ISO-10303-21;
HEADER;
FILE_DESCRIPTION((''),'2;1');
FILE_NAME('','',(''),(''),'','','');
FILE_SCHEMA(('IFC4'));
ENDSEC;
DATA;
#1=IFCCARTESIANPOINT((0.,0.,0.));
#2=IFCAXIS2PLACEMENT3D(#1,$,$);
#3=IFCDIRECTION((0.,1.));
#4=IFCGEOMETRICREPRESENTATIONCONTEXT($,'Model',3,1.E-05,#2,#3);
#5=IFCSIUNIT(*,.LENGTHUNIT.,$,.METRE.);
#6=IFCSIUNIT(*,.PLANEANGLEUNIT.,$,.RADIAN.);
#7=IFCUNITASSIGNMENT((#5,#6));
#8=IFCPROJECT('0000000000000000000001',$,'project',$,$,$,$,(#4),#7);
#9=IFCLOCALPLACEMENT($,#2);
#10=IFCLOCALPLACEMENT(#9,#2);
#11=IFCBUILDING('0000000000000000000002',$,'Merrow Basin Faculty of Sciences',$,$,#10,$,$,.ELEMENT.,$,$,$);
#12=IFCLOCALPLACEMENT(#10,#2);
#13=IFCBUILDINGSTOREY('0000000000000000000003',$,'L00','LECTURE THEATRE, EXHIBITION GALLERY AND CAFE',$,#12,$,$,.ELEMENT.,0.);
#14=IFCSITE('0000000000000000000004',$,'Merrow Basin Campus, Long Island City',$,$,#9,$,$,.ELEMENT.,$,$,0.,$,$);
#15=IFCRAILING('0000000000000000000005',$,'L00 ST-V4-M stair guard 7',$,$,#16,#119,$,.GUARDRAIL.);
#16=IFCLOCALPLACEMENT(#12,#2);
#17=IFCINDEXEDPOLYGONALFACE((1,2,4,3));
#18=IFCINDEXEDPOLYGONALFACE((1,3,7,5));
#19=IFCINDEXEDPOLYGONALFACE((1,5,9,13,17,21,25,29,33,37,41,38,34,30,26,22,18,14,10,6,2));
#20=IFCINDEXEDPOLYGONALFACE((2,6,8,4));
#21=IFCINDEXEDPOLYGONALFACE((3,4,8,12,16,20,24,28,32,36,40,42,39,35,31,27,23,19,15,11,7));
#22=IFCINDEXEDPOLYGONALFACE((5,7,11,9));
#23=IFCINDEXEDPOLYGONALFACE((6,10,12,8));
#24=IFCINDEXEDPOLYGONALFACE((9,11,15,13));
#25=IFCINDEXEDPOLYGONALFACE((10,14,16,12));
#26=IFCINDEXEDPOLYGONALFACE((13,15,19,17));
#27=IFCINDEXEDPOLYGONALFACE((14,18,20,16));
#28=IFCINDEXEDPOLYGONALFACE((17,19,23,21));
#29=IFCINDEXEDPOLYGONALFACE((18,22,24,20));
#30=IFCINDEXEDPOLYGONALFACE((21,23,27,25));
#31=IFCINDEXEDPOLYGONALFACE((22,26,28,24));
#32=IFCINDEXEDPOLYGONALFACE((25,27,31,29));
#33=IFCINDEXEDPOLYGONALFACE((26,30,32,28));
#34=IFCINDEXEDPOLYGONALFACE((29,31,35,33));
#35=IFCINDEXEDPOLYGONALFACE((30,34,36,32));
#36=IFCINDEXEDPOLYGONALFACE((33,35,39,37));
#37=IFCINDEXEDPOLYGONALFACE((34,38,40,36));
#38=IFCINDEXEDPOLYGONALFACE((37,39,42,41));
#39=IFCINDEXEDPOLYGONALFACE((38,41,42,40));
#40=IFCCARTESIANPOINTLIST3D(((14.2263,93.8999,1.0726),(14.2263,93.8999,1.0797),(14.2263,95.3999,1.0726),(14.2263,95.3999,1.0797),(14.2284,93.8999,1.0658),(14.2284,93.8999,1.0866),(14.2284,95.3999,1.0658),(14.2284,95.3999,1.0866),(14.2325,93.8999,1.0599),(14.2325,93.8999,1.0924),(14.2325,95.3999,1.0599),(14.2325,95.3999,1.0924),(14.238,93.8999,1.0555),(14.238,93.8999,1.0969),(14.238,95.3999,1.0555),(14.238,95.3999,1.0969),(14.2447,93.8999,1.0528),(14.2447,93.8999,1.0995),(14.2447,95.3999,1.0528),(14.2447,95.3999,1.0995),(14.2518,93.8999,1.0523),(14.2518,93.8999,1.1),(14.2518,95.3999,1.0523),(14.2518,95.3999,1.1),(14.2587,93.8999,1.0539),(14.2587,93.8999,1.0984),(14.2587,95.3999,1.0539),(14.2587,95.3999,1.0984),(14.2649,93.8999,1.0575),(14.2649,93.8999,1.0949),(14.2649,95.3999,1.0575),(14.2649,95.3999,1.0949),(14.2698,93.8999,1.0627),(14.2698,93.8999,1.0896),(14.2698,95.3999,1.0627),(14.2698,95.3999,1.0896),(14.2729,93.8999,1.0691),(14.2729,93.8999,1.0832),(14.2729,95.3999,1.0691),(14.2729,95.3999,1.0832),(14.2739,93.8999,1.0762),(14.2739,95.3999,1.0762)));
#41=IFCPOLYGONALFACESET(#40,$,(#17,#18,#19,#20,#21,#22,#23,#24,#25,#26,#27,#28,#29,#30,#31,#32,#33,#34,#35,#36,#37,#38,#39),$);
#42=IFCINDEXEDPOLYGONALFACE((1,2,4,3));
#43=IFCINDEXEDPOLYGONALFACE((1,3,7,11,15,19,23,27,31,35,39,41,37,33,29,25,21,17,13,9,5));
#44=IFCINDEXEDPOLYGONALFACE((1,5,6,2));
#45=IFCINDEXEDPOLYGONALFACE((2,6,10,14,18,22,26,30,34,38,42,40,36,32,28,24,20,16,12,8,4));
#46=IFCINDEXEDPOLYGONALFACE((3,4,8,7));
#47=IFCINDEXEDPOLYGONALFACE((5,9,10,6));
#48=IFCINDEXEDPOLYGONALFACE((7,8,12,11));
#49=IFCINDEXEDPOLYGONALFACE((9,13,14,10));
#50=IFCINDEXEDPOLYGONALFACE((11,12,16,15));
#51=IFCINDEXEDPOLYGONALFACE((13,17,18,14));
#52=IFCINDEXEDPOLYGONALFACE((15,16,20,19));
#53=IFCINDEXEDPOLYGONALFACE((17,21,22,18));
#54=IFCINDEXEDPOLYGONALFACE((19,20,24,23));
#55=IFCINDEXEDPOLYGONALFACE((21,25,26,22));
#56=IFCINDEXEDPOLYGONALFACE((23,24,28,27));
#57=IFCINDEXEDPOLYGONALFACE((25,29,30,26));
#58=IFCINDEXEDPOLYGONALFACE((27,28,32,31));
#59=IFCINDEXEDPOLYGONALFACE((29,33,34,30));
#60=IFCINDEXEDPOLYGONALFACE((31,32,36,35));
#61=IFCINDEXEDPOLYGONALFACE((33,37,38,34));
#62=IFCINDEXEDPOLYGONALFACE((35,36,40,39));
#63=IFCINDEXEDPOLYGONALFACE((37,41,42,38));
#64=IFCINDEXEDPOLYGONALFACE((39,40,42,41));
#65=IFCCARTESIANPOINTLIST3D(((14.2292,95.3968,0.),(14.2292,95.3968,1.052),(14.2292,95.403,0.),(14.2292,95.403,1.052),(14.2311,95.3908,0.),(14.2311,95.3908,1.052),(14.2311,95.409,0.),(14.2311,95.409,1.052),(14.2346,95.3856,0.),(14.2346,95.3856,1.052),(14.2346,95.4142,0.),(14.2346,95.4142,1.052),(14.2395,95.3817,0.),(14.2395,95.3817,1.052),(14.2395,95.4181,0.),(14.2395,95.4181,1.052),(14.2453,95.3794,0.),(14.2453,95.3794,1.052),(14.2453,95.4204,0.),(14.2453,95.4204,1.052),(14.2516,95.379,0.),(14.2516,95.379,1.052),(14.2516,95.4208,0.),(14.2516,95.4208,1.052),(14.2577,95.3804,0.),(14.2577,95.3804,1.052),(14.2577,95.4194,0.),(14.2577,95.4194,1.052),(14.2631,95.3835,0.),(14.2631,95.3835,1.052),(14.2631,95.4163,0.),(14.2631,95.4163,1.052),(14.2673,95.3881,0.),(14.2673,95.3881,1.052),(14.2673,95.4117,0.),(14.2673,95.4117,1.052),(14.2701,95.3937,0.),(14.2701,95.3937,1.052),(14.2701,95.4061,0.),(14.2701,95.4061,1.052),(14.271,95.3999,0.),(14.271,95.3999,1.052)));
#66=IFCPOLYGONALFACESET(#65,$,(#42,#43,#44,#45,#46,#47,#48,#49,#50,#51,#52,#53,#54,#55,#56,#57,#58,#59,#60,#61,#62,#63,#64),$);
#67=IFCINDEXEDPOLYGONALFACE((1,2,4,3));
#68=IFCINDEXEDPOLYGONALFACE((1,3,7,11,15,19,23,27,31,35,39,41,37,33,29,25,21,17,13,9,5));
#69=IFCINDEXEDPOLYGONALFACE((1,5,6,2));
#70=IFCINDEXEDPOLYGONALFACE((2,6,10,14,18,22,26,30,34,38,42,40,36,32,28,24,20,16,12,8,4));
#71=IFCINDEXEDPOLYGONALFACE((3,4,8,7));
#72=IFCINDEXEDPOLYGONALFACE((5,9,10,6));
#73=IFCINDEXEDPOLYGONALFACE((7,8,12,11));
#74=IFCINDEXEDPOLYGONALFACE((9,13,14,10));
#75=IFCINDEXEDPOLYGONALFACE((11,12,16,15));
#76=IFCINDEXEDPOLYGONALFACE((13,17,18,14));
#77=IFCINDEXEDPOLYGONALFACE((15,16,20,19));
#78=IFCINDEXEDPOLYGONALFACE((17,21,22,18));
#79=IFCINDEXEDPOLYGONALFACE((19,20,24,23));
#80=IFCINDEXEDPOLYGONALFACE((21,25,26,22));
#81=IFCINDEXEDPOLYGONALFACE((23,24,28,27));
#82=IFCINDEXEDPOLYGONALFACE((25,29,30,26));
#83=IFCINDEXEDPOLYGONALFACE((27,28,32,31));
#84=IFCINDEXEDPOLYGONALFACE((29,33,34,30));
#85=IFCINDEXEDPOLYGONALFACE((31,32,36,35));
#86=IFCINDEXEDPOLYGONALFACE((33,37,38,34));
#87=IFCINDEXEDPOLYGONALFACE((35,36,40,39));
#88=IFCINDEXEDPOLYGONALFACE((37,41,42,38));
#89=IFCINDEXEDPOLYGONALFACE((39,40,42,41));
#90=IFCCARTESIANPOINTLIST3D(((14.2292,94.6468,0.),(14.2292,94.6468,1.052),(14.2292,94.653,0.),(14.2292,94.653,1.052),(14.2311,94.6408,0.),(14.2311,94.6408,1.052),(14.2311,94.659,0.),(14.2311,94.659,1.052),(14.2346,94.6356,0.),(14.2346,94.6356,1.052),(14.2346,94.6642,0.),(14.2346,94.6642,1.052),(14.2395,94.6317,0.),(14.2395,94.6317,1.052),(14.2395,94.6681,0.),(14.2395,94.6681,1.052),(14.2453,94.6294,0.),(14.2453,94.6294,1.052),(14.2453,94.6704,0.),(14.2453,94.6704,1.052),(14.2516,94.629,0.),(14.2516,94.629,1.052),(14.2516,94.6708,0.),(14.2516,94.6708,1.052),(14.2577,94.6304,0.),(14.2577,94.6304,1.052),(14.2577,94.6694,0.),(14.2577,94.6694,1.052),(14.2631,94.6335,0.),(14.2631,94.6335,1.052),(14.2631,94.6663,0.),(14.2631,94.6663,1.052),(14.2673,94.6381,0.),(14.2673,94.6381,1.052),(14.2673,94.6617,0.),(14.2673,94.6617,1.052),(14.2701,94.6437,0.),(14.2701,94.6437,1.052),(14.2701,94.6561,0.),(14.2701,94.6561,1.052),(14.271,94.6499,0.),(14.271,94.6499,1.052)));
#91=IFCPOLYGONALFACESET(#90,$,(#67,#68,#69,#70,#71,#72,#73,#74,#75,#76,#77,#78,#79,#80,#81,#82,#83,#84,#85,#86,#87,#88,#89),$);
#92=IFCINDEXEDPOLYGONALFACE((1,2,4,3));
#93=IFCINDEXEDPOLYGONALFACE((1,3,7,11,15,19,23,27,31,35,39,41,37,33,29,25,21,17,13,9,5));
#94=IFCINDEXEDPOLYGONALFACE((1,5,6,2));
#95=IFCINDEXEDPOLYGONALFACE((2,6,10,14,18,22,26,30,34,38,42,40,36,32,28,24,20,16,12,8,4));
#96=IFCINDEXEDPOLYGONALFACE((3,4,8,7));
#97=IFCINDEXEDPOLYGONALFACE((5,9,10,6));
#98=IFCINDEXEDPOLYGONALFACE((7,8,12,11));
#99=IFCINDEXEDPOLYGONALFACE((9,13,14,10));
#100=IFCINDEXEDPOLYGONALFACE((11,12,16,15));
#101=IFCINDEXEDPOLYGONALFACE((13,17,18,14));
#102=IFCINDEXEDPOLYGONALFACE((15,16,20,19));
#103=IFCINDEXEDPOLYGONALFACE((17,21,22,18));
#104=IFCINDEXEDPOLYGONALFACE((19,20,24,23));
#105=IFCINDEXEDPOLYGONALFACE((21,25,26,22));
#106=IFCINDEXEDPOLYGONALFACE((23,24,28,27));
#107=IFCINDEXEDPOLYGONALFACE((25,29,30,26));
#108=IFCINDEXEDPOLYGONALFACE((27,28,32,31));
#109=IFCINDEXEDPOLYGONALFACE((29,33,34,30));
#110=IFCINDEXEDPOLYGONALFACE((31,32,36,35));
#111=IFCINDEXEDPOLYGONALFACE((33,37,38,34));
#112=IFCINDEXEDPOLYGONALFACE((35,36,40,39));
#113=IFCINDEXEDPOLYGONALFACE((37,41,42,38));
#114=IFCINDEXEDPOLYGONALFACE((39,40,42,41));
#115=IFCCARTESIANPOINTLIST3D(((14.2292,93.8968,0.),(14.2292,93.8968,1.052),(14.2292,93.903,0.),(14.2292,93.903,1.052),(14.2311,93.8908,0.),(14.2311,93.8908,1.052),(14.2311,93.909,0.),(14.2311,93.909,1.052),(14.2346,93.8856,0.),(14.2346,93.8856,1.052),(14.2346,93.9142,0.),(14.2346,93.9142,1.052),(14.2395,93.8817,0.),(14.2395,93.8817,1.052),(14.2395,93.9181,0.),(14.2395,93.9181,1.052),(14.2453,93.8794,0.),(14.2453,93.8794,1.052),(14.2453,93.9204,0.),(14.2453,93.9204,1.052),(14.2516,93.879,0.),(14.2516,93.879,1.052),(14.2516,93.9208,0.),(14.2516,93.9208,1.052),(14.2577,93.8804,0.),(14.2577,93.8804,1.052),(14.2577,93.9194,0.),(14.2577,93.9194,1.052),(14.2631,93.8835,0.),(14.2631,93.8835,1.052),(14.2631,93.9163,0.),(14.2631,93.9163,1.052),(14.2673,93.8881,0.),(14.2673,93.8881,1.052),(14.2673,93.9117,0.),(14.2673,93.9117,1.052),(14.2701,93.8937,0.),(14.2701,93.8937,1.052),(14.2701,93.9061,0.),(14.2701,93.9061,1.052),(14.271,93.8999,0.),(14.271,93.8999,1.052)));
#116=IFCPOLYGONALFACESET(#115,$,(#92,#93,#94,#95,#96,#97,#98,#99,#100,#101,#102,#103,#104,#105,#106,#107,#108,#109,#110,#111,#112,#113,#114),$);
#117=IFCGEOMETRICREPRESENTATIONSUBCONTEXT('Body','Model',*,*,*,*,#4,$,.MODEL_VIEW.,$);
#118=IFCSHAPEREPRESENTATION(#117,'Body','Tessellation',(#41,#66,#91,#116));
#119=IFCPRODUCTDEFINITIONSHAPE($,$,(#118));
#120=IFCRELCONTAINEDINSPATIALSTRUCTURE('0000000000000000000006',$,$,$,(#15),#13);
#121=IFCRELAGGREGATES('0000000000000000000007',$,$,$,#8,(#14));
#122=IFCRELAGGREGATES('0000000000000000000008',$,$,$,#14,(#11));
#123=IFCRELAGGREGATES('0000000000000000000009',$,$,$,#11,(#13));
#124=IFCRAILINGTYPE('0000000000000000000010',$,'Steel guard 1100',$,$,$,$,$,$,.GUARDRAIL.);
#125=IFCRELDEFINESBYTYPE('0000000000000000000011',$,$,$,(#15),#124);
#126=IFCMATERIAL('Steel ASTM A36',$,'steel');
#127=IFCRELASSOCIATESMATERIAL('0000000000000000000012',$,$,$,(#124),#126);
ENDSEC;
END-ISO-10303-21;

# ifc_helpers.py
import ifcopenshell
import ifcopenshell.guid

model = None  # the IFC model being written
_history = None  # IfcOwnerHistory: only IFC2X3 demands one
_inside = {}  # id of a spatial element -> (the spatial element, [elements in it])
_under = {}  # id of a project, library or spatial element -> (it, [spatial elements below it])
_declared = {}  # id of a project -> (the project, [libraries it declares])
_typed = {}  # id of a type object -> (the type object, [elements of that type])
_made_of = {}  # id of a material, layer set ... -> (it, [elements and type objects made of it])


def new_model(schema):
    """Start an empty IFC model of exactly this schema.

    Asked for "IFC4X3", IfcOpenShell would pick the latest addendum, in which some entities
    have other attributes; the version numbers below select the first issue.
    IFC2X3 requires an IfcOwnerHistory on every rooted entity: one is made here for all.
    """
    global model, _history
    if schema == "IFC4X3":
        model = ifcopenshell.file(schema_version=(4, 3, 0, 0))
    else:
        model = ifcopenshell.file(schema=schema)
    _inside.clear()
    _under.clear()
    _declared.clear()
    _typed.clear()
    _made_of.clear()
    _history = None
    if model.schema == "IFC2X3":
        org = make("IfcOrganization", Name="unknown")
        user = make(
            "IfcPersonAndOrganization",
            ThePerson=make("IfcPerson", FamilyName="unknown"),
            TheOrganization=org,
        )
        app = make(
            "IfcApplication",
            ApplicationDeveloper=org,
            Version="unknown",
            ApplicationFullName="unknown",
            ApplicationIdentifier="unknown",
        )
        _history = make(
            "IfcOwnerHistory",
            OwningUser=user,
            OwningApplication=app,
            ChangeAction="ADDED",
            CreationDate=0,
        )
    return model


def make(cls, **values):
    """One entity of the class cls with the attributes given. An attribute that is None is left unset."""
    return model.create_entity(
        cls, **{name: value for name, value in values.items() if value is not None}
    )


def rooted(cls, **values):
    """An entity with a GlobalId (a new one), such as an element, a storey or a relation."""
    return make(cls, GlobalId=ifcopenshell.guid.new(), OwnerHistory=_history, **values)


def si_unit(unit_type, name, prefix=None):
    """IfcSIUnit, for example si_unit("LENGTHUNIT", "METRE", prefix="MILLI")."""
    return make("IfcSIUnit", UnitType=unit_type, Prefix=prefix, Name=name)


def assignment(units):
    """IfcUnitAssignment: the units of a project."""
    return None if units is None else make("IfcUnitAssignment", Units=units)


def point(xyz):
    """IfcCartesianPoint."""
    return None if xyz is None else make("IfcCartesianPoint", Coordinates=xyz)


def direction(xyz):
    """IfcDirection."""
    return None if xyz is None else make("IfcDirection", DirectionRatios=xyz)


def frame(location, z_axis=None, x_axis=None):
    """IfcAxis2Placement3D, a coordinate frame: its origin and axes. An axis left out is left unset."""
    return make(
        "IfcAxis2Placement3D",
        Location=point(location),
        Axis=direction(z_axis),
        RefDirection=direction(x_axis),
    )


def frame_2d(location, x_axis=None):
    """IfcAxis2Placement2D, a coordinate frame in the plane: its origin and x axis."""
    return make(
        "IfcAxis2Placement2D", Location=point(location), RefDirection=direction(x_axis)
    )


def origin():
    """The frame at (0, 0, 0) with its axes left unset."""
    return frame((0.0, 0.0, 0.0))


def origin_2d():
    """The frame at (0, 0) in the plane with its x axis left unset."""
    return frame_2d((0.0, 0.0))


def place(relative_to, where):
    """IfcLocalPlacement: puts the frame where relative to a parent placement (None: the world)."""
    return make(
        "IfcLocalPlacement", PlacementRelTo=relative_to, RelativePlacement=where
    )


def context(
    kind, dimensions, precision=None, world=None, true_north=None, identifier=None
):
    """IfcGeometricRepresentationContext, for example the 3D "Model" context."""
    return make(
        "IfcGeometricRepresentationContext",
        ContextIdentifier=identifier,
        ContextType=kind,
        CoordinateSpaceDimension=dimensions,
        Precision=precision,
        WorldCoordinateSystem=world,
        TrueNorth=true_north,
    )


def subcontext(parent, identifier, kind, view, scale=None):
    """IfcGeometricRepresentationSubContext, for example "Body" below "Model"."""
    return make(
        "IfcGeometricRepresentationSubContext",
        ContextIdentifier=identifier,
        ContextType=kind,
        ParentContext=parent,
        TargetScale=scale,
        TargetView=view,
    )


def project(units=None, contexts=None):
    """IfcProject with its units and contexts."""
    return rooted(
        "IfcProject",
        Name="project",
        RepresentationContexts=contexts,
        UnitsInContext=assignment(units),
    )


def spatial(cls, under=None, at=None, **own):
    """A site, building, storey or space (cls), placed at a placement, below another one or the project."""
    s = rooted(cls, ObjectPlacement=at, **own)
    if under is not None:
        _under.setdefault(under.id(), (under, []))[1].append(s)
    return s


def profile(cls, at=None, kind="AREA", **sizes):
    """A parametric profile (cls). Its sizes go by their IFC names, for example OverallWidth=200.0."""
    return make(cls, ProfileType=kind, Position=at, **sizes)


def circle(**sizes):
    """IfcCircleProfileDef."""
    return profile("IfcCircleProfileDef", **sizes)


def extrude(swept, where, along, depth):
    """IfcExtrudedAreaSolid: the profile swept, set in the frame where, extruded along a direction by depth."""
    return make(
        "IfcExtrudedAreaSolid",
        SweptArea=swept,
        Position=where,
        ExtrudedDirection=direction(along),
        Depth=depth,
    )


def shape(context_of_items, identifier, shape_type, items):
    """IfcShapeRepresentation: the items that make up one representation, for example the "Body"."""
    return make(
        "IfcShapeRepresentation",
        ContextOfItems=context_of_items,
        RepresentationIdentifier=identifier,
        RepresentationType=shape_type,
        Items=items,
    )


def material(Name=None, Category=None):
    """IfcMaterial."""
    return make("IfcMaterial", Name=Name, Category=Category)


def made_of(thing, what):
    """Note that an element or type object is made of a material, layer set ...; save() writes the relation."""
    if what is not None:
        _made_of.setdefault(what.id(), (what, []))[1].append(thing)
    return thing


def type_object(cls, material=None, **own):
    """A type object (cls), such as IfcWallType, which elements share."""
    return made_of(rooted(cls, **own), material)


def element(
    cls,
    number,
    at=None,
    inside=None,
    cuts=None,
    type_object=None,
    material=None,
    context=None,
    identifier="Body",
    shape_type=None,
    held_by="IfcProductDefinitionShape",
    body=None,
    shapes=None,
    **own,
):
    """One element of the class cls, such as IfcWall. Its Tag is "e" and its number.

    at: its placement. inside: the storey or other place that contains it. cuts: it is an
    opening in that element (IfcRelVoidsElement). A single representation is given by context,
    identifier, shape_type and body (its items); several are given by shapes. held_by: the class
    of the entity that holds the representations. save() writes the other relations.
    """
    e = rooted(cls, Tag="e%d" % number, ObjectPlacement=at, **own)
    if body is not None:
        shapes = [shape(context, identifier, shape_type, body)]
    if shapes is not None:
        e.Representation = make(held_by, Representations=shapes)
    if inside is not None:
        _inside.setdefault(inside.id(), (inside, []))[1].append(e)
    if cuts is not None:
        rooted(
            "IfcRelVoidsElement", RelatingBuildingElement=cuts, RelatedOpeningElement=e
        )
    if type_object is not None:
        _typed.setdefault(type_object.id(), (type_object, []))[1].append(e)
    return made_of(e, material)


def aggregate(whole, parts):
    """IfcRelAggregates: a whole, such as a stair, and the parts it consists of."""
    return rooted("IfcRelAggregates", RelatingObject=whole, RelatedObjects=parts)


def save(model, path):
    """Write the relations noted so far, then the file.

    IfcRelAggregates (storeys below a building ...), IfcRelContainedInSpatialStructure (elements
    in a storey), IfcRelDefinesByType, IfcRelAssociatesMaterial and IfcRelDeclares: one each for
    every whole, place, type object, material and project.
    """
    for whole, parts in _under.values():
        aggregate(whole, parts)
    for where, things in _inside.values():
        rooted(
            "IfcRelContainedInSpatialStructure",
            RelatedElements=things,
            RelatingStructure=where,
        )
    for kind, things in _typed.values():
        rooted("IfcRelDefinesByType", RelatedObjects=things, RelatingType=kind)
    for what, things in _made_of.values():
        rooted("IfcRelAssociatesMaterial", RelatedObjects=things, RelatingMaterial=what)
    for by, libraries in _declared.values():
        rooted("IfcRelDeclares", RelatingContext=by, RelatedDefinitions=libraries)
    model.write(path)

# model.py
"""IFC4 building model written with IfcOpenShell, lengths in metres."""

from ifc_helpers import new_model, si_unit, direction, frame, origin, origin_2d, place, context, subcontext, project, spatial, circle, extrude, material, type_object, element, save


model = new_model("IFC4")

# Units and contexts
model_context = context("Model", 3, precision=1e-05, world=origin(), true_north=direction((0.0, 1.0)))
body_context = subcontext(model_context, "Body", "Model", "MODEL_VIEW")
ifc_project = project(units=[si_unit("LENGTHUNIT", "METRE"), si_unit("PLANEANGLEUNIT", "RADIAN")], contexts=[model_context])

# Site, building, storey
site_placement = place(None, origin())
site = spatial("IfcSite", under=ifc_project, at=site_placement, Name="Merrow Basin Campus, Long Island City", CompositionType="ELEMENT", RefElevation=0.0)
building_placement = place(site_placement, origin())
building = spatial("IfcBuilding", under=site, at=building_placement, Name="Merrow Basin Faculty of Sciences", CompositionType="ELEMENT")
storey_placement = place(building_placement, origin())
storey = spatial("IfcBuildingStorey", under=building, at=storey_placement, Name="L00", Description="LECTURE THEATRE, EXHIBITION GALLERY AND CAFE", CompositionType="ELEMENT", Elevation=0.0)

# Railing
ifc_material_1 = material(Name="Steel ASTM A36", Category="steel")
railing_type = type_object("IfcRailingType", Name="Steel guard 1100", PredefinedType="GUARDRAIL", material=ifc_material_1)
railing_placement = place(storey_placement, frame((14.25, 95.3999, 0.0)))
element("IfcRailing", 1, at=railing_placement, inside=storey, type_object=railing_type, Name="L00 ST-V4-M stair guard 7", PredefinedType="GUARDRAIL", context=body_context, shape_type="SweptSolid", body=[
    extrude(circle(Radius=0.0239, at=origin_2d()), frame((0.0, 0.0, 1.0762), z_axis=(0.0, -1.0, 0.0), x_axis=(1.0, 0.0, 0.0)), (0.0, 0.0, 1.0), 1.5),
    extrude(circle(Radius=0.021, at=origin_2d()), origin(), (0.0, 0.0, 1.0), 1.052),
    extrude(circle(Radius=0.021, at=origin_2d()), frame((0.0, -0.75, 0.0)), (0.0, 0.0, 1.0), 1.052),
    extrude(circle(Radius=0.021, at=origin_2d()), frame((0.0, -1.5, 0.0)), (0.0, 0.0, 1.0), 1.052),
])

save(model, "model.ifc")
